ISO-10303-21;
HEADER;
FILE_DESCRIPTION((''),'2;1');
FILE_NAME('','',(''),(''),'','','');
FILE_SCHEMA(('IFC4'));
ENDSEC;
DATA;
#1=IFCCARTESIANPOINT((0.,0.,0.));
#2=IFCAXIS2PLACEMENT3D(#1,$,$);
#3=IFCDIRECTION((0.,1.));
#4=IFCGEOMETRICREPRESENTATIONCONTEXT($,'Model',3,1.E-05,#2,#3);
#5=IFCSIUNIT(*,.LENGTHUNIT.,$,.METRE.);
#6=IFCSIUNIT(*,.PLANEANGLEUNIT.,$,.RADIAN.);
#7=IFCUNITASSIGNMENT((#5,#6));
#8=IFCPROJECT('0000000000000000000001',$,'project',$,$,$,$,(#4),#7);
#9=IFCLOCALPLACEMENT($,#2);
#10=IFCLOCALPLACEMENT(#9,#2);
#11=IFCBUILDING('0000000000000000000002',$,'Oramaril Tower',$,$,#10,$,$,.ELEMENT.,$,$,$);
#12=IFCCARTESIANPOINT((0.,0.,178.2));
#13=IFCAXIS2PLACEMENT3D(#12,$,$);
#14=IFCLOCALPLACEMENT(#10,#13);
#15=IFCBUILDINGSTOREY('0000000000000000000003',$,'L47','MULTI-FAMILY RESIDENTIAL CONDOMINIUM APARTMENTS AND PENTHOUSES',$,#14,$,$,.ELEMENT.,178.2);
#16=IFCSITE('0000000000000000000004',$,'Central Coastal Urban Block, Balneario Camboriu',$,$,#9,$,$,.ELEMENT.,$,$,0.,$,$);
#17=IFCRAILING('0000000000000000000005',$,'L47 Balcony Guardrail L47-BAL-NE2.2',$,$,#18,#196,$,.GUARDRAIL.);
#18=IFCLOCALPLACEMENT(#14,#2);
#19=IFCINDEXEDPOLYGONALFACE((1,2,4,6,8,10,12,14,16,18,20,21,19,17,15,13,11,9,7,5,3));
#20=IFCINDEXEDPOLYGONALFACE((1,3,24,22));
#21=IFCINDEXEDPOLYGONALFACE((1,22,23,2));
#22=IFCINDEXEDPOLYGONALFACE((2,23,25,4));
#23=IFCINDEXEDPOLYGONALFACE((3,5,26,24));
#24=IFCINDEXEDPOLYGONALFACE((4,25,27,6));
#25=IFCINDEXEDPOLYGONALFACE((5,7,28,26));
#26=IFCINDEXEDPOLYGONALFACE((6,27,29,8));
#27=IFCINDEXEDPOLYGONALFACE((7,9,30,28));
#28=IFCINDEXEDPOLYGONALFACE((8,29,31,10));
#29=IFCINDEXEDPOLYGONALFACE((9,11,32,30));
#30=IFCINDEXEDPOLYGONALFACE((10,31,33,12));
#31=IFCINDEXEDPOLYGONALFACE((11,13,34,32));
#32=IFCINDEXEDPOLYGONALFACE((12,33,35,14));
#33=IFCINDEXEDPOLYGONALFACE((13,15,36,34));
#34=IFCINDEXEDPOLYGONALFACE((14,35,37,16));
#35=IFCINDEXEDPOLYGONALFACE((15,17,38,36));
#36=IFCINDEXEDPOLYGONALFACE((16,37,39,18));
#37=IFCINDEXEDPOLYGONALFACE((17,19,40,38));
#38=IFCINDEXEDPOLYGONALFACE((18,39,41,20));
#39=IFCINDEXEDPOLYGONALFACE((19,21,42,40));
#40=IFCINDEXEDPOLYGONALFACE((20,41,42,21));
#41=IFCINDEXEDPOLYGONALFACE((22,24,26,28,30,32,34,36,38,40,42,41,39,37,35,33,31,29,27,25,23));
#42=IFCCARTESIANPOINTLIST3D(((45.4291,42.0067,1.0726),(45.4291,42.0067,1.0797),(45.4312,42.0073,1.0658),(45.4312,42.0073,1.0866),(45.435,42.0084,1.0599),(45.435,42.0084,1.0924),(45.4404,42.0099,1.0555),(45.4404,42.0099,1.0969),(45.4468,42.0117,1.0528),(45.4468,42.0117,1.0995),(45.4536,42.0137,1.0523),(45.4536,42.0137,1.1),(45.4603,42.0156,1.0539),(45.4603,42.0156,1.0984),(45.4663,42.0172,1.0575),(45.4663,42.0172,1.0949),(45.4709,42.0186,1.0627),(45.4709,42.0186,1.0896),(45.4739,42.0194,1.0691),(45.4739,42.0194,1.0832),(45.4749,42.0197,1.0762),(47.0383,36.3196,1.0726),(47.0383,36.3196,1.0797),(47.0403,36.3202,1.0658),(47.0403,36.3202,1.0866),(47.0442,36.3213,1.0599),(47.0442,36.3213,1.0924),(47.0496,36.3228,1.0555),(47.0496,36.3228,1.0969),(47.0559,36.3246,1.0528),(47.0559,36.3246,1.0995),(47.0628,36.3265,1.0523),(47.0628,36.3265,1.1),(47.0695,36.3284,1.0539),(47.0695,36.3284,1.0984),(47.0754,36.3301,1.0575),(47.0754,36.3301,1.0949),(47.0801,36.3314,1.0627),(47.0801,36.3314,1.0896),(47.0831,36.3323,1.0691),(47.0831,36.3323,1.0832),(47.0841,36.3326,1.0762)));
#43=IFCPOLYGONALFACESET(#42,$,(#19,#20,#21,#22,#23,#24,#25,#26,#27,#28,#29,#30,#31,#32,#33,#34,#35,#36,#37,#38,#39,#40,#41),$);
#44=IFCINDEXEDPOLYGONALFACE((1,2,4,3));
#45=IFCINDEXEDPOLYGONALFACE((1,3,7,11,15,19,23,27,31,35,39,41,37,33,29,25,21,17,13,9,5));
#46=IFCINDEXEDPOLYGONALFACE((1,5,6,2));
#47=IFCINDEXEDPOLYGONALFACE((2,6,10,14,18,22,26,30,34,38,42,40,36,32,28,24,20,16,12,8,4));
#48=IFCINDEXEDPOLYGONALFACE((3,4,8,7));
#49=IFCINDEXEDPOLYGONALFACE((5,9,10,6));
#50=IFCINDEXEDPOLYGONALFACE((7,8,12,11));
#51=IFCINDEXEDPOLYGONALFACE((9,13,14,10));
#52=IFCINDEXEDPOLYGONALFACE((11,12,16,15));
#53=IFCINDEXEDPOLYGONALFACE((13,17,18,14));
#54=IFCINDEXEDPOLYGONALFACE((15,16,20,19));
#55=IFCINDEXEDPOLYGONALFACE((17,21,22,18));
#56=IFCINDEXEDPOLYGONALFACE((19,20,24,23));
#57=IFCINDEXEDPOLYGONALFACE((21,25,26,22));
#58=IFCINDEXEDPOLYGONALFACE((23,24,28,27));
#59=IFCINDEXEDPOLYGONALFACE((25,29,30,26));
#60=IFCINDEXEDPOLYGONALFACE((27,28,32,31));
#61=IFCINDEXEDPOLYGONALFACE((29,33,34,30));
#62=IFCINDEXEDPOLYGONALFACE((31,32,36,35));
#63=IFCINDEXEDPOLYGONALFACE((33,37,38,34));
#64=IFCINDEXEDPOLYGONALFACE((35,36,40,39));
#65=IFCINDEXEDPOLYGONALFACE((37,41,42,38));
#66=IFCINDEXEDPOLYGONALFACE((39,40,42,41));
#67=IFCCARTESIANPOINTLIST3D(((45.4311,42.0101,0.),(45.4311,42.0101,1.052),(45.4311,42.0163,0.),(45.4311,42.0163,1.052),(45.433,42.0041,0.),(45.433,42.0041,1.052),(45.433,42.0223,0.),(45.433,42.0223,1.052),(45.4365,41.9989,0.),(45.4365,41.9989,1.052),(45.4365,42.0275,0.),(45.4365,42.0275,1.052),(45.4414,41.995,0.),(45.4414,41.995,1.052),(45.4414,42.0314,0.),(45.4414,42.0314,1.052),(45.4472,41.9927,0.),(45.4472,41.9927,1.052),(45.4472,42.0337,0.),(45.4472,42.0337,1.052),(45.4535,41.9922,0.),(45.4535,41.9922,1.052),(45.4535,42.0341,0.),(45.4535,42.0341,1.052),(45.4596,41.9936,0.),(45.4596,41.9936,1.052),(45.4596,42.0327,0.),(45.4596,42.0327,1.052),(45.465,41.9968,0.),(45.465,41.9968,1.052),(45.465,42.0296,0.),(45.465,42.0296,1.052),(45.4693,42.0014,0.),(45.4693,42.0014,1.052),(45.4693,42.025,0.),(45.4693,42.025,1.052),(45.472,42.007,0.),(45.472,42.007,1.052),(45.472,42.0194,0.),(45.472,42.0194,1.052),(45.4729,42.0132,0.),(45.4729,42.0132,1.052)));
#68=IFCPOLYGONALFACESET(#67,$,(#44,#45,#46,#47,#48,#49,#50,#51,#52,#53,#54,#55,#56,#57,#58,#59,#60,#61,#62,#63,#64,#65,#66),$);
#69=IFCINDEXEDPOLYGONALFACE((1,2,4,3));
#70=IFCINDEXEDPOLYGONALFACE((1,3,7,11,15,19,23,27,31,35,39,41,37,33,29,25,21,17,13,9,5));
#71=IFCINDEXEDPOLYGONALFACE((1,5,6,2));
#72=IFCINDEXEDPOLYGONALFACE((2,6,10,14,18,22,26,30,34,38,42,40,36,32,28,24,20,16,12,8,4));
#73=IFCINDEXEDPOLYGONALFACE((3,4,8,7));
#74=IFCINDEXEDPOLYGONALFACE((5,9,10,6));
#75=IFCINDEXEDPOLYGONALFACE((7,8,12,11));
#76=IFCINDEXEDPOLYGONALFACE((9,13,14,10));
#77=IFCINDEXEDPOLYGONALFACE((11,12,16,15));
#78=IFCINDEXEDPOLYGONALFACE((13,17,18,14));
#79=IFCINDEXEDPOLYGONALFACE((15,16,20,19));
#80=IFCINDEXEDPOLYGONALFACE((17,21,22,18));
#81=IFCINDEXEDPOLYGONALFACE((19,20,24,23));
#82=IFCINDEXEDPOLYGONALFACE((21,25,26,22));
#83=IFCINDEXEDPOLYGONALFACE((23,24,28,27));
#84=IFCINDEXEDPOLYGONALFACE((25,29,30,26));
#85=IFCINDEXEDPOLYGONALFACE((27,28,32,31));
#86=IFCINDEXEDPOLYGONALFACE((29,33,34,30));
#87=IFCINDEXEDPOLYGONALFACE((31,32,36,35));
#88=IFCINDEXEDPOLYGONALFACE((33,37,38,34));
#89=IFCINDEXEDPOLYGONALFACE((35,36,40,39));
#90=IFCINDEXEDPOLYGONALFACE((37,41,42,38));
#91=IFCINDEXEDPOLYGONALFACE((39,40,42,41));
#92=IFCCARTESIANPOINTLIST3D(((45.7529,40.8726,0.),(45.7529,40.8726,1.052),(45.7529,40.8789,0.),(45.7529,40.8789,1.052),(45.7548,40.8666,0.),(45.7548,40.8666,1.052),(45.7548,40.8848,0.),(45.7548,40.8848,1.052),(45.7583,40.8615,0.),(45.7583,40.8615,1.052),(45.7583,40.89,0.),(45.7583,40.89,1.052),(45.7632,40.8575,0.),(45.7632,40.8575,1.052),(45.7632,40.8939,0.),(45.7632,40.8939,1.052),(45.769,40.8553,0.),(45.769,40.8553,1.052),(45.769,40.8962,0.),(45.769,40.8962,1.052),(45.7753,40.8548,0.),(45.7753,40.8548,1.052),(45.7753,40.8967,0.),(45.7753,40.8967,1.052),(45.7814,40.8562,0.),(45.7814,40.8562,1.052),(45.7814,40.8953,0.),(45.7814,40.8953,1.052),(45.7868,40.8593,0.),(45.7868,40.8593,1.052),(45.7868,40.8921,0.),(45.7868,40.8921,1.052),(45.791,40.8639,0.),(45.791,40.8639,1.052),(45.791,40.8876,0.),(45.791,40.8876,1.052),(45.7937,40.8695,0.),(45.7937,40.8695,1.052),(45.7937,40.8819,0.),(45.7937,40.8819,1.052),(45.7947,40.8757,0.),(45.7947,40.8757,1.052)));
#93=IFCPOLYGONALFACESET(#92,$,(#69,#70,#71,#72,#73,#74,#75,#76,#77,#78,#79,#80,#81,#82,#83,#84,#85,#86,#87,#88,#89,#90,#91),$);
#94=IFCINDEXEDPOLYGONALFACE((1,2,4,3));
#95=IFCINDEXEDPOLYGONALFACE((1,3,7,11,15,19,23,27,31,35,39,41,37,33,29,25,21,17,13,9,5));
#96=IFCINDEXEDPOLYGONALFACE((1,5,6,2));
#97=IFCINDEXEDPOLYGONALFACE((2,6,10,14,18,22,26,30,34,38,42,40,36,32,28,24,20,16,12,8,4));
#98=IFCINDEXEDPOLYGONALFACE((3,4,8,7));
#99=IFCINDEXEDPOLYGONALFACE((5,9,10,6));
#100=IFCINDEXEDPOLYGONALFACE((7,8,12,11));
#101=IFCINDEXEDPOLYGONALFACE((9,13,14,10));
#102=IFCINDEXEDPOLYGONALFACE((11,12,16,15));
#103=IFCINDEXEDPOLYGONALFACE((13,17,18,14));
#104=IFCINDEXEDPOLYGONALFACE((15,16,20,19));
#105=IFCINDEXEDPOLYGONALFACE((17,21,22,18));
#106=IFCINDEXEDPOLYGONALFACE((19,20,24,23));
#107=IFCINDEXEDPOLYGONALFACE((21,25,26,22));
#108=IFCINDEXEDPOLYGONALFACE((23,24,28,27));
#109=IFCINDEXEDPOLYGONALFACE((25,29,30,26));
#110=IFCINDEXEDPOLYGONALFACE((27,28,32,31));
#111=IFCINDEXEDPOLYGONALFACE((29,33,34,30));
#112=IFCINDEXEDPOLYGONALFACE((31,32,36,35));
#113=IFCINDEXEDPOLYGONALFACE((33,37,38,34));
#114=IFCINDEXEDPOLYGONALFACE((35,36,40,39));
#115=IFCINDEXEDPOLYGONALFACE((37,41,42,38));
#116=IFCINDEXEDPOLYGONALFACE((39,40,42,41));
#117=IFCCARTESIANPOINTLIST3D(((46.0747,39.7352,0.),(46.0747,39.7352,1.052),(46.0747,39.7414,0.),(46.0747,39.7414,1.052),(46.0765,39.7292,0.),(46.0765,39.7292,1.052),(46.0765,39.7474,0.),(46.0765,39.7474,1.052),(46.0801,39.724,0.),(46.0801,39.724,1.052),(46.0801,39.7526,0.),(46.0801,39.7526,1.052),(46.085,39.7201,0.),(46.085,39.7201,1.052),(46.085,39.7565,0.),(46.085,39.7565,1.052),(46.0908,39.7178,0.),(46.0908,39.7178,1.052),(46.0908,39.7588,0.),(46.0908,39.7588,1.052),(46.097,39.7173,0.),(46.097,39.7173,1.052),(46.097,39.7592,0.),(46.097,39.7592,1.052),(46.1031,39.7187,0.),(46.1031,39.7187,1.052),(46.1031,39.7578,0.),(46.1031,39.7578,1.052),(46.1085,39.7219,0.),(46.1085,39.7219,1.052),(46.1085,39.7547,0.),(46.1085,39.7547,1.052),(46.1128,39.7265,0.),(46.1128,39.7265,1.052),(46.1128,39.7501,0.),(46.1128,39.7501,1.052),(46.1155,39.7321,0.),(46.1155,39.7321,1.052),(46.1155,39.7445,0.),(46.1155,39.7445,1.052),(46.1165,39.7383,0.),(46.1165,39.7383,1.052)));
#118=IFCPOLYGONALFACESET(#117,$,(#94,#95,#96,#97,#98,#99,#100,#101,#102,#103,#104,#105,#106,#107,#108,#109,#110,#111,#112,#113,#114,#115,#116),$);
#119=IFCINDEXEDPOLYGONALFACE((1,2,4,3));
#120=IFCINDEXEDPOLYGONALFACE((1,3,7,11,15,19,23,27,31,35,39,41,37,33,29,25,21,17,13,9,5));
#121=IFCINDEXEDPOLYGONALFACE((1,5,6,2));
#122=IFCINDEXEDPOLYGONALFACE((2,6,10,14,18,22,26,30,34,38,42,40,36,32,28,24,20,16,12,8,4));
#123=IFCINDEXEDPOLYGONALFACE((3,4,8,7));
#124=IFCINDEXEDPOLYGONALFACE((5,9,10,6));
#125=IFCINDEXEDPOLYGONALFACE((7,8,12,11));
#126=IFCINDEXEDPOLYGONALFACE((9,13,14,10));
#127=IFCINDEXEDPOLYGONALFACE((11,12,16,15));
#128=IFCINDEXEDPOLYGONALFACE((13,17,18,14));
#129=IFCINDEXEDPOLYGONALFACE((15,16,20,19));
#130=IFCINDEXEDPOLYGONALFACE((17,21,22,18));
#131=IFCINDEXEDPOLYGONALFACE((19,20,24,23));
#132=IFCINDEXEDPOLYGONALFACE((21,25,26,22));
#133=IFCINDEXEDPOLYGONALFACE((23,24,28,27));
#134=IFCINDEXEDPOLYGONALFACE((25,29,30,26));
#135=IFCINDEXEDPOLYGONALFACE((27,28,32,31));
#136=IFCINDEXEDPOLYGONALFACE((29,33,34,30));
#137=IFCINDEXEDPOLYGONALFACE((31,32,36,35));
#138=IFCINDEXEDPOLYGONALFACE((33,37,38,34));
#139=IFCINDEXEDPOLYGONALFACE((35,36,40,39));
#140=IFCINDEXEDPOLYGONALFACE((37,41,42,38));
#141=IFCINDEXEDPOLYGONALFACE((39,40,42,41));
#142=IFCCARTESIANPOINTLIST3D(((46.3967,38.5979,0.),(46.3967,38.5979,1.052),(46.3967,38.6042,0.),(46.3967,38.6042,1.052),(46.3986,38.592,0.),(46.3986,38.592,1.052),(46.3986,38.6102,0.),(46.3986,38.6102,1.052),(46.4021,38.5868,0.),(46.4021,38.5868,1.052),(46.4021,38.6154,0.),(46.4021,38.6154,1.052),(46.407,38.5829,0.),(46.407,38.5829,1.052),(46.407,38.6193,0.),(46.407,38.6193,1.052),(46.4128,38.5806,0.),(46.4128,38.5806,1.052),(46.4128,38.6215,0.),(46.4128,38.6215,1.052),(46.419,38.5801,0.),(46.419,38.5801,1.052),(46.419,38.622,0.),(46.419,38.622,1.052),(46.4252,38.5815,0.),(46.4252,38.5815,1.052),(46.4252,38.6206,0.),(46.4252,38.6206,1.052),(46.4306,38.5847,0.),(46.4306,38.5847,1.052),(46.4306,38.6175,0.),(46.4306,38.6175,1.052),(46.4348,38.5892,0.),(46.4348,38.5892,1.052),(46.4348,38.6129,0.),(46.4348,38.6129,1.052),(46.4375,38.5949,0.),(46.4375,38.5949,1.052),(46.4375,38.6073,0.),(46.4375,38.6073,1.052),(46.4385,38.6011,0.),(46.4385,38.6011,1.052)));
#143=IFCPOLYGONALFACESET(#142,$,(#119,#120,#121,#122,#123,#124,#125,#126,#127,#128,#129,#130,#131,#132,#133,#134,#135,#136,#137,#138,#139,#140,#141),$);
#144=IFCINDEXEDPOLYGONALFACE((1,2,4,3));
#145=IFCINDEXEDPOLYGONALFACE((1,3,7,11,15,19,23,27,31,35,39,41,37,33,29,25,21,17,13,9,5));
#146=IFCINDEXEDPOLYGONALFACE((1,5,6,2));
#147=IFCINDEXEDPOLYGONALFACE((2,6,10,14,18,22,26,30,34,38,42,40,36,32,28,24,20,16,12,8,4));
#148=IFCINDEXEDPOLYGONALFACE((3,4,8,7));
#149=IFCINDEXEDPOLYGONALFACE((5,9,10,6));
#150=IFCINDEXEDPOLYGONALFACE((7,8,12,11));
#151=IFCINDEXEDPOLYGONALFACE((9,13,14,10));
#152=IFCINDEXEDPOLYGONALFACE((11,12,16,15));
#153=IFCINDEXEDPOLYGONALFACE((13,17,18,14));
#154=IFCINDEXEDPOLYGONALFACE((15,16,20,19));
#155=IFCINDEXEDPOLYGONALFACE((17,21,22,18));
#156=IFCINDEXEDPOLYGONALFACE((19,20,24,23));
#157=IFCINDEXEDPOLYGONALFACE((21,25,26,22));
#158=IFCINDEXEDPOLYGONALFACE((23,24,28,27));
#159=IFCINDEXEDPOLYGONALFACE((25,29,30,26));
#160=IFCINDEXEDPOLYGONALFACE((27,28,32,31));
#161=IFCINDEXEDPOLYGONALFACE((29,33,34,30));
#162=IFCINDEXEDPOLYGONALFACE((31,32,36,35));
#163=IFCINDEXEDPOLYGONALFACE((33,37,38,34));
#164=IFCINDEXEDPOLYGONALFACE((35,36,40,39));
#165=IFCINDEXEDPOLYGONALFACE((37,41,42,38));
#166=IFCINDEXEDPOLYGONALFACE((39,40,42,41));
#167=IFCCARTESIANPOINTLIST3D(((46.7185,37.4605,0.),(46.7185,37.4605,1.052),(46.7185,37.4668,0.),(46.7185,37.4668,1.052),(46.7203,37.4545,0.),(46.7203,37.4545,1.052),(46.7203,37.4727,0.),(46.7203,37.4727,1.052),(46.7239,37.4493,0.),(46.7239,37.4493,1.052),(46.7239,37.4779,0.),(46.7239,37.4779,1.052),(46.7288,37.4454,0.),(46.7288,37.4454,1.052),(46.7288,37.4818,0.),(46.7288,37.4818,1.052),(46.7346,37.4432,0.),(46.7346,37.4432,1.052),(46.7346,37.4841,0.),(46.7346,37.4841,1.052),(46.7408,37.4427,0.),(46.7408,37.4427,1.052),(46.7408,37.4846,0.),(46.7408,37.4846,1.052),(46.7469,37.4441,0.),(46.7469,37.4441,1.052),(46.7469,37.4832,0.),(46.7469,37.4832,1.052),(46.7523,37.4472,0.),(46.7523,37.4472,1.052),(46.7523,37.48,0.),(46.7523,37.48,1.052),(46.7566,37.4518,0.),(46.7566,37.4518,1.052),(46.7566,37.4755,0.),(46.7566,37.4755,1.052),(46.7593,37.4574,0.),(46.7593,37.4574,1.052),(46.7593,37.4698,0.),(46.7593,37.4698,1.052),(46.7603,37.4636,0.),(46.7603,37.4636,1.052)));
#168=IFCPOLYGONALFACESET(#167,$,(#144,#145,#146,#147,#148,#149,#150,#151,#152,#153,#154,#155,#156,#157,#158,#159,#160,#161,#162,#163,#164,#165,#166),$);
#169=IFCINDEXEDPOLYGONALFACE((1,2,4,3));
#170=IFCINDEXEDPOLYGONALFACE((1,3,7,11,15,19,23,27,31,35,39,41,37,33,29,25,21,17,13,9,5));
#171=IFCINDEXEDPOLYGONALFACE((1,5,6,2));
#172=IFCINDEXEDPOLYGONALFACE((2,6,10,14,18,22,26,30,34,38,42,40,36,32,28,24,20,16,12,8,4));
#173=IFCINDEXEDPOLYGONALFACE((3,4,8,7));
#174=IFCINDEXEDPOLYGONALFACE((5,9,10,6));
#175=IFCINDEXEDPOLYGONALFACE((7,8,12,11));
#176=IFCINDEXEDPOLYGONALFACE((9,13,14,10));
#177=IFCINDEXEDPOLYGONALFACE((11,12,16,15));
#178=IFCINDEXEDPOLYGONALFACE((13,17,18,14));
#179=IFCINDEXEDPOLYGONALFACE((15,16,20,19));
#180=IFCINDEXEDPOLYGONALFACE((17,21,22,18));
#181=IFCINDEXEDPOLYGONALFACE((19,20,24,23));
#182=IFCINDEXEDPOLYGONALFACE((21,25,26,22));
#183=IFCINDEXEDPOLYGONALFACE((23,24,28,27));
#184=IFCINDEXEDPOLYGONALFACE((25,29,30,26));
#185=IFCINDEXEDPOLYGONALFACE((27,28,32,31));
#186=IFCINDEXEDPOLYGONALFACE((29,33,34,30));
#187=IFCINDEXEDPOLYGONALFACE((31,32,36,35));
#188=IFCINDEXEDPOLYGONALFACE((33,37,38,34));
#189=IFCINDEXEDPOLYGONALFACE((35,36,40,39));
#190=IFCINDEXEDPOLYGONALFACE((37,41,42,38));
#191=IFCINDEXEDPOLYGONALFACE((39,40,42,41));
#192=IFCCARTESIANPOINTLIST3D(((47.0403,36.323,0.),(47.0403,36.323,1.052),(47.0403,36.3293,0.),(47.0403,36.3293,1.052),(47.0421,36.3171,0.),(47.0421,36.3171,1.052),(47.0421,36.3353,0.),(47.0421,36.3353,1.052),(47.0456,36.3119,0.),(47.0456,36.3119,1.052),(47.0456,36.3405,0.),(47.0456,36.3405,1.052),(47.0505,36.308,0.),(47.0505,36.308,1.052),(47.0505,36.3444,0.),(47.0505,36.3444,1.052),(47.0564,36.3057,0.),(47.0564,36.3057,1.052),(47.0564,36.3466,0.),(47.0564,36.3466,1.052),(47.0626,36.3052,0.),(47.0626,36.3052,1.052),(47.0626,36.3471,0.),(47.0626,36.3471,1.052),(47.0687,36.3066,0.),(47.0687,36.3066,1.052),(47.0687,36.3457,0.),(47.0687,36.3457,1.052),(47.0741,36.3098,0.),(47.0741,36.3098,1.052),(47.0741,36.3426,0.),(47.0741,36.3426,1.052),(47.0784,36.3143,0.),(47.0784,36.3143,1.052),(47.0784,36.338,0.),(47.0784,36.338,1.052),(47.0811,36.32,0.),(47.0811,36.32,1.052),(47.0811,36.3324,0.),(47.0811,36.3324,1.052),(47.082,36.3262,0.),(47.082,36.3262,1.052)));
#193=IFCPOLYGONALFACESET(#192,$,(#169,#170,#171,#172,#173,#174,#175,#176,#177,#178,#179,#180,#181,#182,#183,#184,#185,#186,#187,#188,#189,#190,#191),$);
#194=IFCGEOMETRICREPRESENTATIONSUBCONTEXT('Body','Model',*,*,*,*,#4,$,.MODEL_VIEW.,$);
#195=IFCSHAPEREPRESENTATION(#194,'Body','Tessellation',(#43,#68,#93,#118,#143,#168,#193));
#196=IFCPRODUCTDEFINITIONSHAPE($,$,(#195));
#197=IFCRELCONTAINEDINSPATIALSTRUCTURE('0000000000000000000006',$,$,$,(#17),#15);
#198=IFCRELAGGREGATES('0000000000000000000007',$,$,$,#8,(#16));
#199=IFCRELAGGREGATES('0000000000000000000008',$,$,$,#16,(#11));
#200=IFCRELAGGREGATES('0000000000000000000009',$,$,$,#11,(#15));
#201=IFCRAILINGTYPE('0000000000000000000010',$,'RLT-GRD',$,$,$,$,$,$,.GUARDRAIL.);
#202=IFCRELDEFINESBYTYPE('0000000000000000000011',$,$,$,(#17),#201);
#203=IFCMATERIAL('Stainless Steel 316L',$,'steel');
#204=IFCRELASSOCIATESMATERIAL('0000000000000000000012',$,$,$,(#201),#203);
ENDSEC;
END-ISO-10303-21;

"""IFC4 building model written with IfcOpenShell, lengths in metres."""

from ifc_helpers import new_model, si_unit, direction, frame, origin, origin_2d, place, context, subcontext, project, spatial, circle, extrude, material, type_object, element, save


model = new_model("IFC4")

# Units and contexts
model_context = context("Model", 3, precision=1e-05, world=origin(), true_north=direction((0.0, 1.0)))
body_context = subcontext(model_context, "Body", "Model", "MODEL_VIEW")
ifc_project = project(units=[si_unit("LENGTHUNIT", "METRE"), si_unit("PLANEANGLEUNIT", "RADIAN")], contexts=[model_context])

# Site, building, storey
site_placement = place(None, origin())
site = spatial("IfcSite", under=ifc_project, at=site_placement, Name="Central Coastal Urban Block, Balneario Camboriu", CompositionType="ELEMENT", RefElevation=0.0)
building_placement = place(site_placement, origin())
building = spatial("IfcBuilding", under=site, at=building_placement, Name="Oramaril Tower", CompositionType="ELEMENT")
storey_placement = place(building_placement, frame((0.0, 0.0, 178.2)))
storey = spatial("IfcBuildingStorey", under=building, at=storey_placement, Name="L47", Description="MULTI-FAMILY RESIDENTIAL CONDOMINIUM APARTMENTS AND PENTHOUSES", CompositionType="ELEMENT", Elevation=178.2)

# Railing
ifc_material_1 = material(Name="Stainless Steel 316L", Category="steel")
railing_type = type_object("IfcRailingType", Name="RLT-GRD", PredefinedType="GUARDRAIL", material=ifc_material_1)
railing_1_placement = place(storey_placement, frame((45.4519, 42.0132, 0.0)))
element("IfcRailing", 1, at=railing_1_placement, inside=storey, type_object=railing_type, Name="L47 Balcony Guardrail L47-BAL-NE2.2", PredefinedType="GUARDRAIL", context=body_context, shape_type="SweptSolid", body=[
    extrude(circle(Radius=0.0239, at=origin_2d()), frame((0.0, 0.0, 1.0762), z_axis=(0.27226, -0.962224, 0.0), x_axis=(0.962224, 0.27226, 0.0)), (0.0, 0.0, 1.0), 5.9104),
    extrude(circle(Radius=0.021, at=origin_2d()), origin(), (0.0, 0.0, 1.0), 1.052),
    extrude(circle(Radius=0.021, at=origin_2d()), frame((0.3218, -1.1375, 0.0)), (0.0, 0.0, 1.0), 1.052),
    extrude(circle(Radius=0.021, at=origin_2d()), frame((0.6436, -2.2749, 0.0)), (0.0, 0.0, 1.0), 1.052),
    extrude(circle(Radius=0.021, at=origin_2d()), frame((0.9656, -3.4121, 0.0)), (0.0, 0.0, 1.0), 1.052),
    extrude(circle(Radius=0.021, at=origin_2d()), frame((1.2874, -4.5496, 0.0)), (0.0, 0.0, 1.0), 1.052),
    extrude(circle(Radius=0.021, at=origin_2d()), frame((1.6091, -5.687, 0.0)), (0.0, 0.0, 1.0), 1.052),
])

save(model, "model.ifc")
